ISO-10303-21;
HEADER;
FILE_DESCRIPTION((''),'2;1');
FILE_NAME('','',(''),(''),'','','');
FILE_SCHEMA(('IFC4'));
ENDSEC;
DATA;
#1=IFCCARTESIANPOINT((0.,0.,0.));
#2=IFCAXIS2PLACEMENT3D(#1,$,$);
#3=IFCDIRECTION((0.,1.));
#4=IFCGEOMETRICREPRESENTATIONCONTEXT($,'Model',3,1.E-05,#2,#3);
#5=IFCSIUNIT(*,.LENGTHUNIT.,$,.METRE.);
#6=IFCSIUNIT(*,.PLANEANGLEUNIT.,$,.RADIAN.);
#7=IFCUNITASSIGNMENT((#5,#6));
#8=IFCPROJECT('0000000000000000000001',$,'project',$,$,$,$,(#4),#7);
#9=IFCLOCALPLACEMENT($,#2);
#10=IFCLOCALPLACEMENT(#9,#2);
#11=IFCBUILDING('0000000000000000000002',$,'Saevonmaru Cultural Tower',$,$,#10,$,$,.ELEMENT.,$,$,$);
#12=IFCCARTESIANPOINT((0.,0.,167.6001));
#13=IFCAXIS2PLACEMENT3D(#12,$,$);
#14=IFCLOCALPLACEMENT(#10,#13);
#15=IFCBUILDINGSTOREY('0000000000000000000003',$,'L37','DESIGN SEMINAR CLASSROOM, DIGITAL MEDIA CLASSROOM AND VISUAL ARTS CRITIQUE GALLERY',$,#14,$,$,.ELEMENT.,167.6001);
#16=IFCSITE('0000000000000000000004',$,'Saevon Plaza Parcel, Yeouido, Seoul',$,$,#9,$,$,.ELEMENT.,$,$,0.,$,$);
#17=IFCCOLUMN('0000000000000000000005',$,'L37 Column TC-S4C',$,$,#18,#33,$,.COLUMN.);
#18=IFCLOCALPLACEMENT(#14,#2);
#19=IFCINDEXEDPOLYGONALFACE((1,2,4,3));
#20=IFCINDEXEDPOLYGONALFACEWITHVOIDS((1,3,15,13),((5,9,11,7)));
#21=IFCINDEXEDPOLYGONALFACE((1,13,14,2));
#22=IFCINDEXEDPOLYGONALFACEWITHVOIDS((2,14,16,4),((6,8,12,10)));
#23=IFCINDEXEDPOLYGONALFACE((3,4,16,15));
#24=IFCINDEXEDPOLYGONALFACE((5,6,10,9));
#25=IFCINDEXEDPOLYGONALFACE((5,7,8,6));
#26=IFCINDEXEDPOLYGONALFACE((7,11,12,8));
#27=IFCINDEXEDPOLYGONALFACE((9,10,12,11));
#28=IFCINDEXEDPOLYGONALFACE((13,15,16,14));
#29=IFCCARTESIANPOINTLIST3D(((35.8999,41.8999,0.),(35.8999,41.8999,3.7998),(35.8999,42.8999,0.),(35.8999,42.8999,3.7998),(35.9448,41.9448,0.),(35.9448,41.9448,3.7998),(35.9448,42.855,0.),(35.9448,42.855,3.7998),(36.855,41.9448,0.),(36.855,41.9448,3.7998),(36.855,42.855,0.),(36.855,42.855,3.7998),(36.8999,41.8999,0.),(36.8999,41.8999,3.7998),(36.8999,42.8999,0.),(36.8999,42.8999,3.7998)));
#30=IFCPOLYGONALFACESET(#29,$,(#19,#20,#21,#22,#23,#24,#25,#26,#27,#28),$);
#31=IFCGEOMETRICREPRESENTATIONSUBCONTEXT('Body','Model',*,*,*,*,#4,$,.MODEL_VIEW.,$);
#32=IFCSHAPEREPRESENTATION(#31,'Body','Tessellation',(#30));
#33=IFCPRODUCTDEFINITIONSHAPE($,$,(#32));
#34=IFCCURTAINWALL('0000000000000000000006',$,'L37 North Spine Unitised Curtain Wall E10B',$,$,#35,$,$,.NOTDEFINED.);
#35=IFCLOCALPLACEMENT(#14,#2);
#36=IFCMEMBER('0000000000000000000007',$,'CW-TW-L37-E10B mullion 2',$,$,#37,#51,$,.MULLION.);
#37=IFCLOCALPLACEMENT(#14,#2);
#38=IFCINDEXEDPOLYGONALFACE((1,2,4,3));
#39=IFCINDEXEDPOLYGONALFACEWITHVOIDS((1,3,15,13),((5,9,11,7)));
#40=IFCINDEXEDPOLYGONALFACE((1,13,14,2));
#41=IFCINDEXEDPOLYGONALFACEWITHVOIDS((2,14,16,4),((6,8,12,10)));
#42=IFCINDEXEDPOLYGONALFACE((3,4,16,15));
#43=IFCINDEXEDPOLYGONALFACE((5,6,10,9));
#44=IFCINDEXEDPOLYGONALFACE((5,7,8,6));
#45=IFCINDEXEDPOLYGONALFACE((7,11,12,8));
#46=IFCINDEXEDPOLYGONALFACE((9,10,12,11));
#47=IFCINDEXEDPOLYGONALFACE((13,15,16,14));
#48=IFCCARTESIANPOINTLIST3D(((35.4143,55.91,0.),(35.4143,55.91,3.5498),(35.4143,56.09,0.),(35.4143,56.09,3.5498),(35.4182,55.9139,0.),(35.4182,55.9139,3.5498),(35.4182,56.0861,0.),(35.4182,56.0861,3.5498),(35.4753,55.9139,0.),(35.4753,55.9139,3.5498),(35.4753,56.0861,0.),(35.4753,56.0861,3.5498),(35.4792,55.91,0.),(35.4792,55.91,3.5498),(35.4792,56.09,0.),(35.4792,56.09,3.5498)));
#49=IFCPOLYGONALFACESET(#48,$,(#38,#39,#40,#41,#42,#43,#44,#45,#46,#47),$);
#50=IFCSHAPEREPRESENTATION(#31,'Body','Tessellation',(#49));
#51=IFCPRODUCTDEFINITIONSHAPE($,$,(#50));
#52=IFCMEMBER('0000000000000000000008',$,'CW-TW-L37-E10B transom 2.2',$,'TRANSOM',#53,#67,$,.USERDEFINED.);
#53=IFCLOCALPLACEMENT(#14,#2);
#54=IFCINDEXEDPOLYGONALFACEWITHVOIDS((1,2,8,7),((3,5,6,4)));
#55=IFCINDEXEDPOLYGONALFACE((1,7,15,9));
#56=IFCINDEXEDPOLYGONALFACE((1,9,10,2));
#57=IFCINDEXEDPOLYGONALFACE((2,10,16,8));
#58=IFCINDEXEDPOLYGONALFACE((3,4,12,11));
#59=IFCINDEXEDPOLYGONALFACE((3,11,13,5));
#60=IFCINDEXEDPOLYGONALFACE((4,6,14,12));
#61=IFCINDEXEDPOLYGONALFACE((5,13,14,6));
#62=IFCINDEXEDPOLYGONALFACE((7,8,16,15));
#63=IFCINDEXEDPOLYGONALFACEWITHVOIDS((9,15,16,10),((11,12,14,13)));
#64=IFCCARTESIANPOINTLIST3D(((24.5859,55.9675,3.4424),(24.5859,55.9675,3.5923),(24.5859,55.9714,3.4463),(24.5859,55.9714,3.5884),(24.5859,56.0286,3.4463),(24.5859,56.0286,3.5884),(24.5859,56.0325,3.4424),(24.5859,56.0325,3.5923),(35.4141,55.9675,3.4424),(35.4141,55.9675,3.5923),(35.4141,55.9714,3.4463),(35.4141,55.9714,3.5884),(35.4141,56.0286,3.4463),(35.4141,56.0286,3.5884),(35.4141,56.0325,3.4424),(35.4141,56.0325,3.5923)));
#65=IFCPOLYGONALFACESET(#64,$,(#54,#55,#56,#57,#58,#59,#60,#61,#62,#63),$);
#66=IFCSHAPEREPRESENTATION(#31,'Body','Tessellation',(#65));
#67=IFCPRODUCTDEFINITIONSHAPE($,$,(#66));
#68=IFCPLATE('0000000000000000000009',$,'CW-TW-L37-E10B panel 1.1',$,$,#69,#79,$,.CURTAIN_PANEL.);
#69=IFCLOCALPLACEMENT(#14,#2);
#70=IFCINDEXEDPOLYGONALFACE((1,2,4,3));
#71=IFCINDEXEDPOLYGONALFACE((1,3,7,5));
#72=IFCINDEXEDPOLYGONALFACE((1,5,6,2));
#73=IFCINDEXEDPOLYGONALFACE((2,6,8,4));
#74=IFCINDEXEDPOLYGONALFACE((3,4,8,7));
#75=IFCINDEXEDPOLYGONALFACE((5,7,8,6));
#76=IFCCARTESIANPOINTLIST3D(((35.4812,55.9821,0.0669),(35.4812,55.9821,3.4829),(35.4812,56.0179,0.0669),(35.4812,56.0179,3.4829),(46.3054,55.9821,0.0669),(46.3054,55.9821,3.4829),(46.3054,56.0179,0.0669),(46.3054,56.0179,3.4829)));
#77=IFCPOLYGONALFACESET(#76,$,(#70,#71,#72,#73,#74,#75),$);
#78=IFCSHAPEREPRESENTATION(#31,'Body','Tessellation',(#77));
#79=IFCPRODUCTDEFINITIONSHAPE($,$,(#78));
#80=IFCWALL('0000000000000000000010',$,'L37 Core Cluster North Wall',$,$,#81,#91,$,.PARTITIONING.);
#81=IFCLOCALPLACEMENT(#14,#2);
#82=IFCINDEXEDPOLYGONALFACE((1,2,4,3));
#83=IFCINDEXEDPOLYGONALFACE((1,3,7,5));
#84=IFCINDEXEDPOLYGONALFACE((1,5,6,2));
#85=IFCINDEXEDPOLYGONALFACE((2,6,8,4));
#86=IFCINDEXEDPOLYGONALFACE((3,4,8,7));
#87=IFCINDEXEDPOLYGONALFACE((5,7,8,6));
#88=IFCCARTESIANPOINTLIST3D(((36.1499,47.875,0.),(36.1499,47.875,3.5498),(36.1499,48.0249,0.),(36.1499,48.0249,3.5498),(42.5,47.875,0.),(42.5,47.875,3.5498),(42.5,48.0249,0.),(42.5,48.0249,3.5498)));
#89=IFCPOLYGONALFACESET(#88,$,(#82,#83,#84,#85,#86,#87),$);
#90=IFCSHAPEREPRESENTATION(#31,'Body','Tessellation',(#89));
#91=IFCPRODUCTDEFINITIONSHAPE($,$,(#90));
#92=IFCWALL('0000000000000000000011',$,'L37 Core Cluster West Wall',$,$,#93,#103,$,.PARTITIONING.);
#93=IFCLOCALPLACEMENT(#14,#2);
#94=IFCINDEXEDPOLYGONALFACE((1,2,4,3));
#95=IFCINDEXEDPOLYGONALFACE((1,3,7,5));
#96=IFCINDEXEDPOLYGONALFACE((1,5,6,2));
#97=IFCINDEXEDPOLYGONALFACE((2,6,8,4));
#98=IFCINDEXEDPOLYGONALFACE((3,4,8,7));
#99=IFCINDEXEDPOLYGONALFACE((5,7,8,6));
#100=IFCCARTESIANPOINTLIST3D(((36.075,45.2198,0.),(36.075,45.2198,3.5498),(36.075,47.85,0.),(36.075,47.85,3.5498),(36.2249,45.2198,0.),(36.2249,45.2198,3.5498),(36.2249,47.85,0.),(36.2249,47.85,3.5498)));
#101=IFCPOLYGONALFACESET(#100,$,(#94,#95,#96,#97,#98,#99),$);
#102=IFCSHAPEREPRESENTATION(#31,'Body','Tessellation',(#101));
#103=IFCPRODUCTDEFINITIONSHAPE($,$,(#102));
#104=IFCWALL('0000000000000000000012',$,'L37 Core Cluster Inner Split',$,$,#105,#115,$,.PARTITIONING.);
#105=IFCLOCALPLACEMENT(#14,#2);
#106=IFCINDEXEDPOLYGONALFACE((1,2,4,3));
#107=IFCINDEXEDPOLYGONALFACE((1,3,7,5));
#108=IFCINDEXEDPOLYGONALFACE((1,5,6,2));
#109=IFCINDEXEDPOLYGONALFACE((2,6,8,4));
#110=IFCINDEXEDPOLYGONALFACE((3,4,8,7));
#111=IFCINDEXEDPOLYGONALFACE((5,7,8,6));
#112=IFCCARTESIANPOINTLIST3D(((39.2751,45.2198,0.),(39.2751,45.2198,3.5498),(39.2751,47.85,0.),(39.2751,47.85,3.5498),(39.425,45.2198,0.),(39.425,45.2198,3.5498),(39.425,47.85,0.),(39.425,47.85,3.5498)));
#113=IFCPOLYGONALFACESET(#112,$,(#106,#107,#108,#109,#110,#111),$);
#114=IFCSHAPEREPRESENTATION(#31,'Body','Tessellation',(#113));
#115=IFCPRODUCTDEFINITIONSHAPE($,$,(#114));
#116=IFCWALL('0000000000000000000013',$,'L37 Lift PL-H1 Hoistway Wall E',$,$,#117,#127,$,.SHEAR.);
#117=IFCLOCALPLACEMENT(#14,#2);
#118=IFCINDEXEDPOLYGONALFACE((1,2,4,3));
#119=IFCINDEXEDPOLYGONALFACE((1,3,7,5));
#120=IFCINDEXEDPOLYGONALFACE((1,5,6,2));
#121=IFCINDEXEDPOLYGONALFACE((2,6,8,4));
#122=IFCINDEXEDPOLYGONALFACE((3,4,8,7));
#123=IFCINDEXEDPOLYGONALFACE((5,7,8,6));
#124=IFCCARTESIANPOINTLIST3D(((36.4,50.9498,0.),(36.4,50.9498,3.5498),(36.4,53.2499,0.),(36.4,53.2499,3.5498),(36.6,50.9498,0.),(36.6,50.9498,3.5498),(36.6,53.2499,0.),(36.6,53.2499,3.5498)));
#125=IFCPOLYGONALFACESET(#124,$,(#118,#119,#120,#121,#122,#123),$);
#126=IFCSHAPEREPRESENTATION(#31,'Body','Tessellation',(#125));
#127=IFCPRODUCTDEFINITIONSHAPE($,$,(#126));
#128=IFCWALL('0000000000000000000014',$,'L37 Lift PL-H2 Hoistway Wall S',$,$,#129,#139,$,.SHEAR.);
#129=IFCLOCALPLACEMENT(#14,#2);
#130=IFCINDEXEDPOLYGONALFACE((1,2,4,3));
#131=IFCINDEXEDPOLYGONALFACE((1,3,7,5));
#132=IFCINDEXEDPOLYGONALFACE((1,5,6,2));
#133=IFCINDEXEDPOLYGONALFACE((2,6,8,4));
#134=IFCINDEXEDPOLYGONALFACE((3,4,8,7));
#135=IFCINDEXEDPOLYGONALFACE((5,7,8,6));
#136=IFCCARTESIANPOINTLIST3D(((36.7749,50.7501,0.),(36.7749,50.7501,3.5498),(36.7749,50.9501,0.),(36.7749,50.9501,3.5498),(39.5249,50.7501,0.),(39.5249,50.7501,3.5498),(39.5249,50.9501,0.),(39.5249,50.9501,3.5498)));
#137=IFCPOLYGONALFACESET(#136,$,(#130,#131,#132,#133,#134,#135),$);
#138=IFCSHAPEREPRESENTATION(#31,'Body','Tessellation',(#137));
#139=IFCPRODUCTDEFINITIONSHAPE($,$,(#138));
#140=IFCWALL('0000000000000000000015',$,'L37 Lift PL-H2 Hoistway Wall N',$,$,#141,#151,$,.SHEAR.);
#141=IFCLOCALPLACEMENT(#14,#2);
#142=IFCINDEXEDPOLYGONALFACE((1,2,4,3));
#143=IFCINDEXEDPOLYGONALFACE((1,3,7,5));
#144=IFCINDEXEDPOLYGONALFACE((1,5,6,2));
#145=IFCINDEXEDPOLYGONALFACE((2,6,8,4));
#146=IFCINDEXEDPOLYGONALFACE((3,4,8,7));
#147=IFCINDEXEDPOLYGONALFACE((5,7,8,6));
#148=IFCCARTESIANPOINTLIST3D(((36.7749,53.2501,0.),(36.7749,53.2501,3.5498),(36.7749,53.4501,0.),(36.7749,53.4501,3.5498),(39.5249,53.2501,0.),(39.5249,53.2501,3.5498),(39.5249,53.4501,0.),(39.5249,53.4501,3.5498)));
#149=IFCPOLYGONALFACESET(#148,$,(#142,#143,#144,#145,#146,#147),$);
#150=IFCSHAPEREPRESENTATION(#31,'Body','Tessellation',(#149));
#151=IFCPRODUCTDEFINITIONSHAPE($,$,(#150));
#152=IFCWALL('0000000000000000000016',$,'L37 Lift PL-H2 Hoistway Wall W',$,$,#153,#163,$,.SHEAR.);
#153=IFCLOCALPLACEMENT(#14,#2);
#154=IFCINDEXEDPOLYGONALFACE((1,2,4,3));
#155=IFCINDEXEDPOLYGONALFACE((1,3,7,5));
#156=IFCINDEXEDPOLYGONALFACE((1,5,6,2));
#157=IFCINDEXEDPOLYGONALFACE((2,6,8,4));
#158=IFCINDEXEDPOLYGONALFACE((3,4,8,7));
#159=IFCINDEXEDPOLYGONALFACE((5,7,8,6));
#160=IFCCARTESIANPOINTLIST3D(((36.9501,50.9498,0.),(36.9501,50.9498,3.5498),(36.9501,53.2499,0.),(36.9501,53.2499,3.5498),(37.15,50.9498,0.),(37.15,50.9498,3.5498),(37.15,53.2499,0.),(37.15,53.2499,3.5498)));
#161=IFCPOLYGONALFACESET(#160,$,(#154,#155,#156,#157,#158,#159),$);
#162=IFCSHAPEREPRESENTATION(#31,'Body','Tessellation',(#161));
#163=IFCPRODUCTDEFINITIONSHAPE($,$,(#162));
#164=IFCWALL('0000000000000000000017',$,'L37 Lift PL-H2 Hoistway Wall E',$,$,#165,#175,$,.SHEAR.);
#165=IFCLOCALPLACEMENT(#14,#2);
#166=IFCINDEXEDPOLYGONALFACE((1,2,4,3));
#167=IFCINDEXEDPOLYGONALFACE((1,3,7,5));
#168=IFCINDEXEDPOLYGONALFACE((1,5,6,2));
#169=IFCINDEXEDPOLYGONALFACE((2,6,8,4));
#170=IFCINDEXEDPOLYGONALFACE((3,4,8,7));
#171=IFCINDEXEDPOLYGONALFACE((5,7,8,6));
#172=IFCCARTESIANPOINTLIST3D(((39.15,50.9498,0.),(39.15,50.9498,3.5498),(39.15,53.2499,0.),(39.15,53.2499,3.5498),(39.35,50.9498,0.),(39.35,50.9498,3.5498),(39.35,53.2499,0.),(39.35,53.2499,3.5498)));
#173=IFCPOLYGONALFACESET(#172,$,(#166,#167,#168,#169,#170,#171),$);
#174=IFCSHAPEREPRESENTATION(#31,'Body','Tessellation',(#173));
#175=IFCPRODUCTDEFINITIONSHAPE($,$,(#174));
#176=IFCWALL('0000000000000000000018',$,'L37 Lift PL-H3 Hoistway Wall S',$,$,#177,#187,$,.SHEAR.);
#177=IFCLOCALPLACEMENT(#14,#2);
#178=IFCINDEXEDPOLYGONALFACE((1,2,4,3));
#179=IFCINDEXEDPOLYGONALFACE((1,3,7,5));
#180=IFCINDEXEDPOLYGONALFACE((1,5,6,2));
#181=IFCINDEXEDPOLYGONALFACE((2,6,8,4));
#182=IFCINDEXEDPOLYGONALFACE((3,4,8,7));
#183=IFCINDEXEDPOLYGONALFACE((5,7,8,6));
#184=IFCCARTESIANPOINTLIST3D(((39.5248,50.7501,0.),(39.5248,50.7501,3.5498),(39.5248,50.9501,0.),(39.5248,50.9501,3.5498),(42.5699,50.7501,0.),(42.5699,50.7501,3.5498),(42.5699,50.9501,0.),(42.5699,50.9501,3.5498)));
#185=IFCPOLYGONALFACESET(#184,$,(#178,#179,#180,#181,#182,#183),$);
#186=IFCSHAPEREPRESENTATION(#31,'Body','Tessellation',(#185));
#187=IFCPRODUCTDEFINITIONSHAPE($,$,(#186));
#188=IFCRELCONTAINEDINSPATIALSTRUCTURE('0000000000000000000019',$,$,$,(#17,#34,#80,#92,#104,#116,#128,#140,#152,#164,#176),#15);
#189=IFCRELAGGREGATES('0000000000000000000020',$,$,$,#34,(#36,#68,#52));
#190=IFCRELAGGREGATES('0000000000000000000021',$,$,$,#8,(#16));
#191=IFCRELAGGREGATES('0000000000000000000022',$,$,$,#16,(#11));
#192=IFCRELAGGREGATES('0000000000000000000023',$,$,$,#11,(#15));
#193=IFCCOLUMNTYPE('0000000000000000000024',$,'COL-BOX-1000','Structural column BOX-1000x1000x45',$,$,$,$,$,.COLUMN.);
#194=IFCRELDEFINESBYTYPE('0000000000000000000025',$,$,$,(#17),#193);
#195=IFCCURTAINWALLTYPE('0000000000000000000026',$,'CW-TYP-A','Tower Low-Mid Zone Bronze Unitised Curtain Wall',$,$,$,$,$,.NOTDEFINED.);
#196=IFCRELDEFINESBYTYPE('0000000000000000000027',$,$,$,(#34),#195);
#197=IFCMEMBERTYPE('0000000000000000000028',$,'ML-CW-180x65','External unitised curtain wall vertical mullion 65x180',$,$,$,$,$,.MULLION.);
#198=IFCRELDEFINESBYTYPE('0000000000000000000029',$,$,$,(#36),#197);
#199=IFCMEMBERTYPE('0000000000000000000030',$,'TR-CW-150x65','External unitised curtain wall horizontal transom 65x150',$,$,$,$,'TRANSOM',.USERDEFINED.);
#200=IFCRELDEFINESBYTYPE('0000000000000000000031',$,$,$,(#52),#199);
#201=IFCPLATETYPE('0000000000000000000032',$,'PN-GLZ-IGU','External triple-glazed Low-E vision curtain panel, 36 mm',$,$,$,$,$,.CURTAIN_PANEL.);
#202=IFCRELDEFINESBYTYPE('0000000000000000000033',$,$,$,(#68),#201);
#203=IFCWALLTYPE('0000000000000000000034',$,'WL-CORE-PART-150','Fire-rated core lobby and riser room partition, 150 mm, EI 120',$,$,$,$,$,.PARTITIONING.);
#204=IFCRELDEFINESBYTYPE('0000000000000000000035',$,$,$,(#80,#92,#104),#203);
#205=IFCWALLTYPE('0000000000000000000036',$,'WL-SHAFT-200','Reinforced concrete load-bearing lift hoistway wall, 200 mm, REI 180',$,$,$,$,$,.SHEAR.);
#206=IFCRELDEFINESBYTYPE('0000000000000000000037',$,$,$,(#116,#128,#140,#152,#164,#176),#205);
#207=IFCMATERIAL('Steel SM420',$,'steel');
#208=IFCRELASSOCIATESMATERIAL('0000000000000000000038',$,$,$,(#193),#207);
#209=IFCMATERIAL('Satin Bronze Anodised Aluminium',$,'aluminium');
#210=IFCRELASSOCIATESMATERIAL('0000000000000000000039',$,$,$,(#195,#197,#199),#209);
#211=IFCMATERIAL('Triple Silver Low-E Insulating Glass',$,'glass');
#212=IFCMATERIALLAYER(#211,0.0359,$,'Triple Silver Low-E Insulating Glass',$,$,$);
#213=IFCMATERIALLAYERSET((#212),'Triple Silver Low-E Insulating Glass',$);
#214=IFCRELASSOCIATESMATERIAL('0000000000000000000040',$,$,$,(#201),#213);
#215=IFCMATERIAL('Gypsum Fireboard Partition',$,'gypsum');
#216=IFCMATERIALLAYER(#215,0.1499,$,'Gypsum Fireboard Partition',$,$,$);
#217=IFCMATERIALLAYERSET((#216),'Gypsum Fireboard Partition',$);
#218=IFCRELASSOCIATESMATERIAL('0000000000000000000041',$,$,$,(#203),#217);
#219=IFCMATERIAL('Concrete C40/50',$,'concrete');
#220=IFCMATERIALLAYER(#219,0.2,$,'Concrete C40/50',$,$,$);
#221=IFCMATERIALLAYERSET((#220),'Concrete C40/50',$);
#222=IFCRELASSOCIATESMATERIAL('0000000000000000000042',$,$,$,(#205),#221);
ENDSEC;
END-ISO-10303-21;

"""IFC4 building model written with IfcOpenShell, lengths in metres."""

from ifc_helpers import new_model, si_unit, direction, frame, frame_2d, origin, origin_2d, place, context, subcontext, project, spatial, rectangle, hollow_rectangle, extrude, material, layer, layer_set, material_profile, profile_set, type_object, element, aggregate, save


model = new_model("IFC4")

# Units and contexts
model_context = context("Model", 3, precision=1e-05, world=origin(), true_north=direction((0.0, 1.0)))
body_context = subcontext(model_context, "Body", "Model", "MODEL_VIEW")
ifc_project = project(units=[si_unit("LENGTHUNIT", "METRE"), si_unit("PLANEANGLEUNIT", "RADIAN")], contexts=[model_context])

# Site, building, storey
site_placement = place(None, origin())
site = spatial("IfcSite", under=ifc_project, at=site_placement, Name="Saevon Plaza Parcel, Yeouido, Seoul", CompositionType="ELEMENT", RefElevation=0.0)
building_placement = place(site_placement, origin())
building = spatial("IfcBuilding", under=site, at=building_placement, Name="Saevonmaru Cultural Tower", CompositionType="ELEMENT")
storey_placement = place(building_placement, frame((0.0, 0.0, 167.6001)))
storey = spatial("IfcBuildingStorey", under=building, at=storey_placement, Name="L37", Description="DESIGN SEMINAR CLASSROOM, DIGITAL MEDIA CLASSROOM AND VISUAL ARTS CRITIQUE GALLERY", CompositionType="ELEMENT", Elevation=167.6001)

# Column
ifc_material_1 = material(Name="Steel SM420", Category="steel")
ifc_material_profile_1 = material_profile(ifc_material_1, hollow_rectangle(XDim=1.0, YDim=1.0, WallThickness=0.0449, at=origin_2d()), Name="BOX-1000x1000x45")
ifc_profile_set_1 = profile_set([ifc_material_profile_1], Name="Steel SM420")
column_type = type_object("IfcColumnType", Name="COL-BOX-1000", Description="Structural column BOX-1000x1000x45", PredefinedType="COLUMN", material=ifc_profile_set_1)
column_placement = place(storey_placement, frame((36.3999, 42.3999, 0.0), z_axis=(0.0, 0.0, 1.0), x_axis=(1.0, 0.0, 0.0)))
element("IfcColumn", 1, at=column_placement, inside=storey, type_object=column_type, Name="L37 Column TC-S4C", PredefinedType="COLUMN", context=body_context, shape_type="SweptSolid", body=[
    extrude(hollow_rectangle(XDim=1.0, YDim=1.0, WallThickness=0.0449, at=origin_2d()), origin(), (0.0, 0.0, 1.0), 3.7998),
])

# Curtain wall, members, plate
ifc_material_2 = material(Name="Satin Bronze Anodised Aluminium", Category="aluminium")
curtain_wall_type = type_object("IfcCurtainWallType", Name="CW-TYP-A", Description="Tower Low-Mid Zone Bronze Unitised Curtain Wall", PredefinedType="NOTDEFINED", material=ifc_material_2)
curtain_wall_placement = place(storey_placement, origin())
curtain_wall = element("IfcCurtainWall", 2, at=curtain_wall_placement, inside=storey, type_object=curtain_wall_type, Name="L37 North Spine Unitised Curtain Wall E10B", PredefinedType="NOTDEFINED")
ifc_material_profile_2 = material_profile(ifc_material_2, hollow_rectangle(XDim=0.0649, YDim=0.1799, WallThickness=0.0039, at=origin_2d()), Name="ALU-MULL-180x65x4")
ifc_profile_set_2 = profile_set([ifc_material_profile_2], Name="Satin Bronze Anodised Aluminium")
member_type_1 = type_object("IfcMemberType", Name="ML-CW-180x65", Description="External unitised curtain wall vertical mullion 65x180", PredefinedType="MULLION", material=ifc_profile_set_2)
member_1_placement = place(storey_placement, frame((35.4468, 56.0, 0.0), z_axis=(0.0, 0.0, 1.0), x_axis=(-1.0, 0.0, 0.0)))
member_1 = element("IfcMember", 3, at=member_1_placement, type_object=member_type_1, Name="CW-TW-L37-E10B mullion 2", PredefinedType="MULLION", context=body_context, shape_type="SweptSolid", body=[
    extrude(hollow_rectangle(XDim=0.0649, YDim=0.1799, WallThickness=0.0039, at=origin_2d()), origin(), (0.0, 0.0, 1.0), 3.5498),
])
ifc_material_profile_3 = material_profile(ifc_material_2, hollow_rectangle(XDim=0.0649, YDim=0.1499, WallThickness=0.0039, at=origin_2d()), Name="ALU-TRAN-150x65x4")
ifc_profile_set_3 = profile_set([ifc_material_profile_3], Name="Satin Bronze Anodised Aluminium")
member_type_2 = type_object("IfcMemberType", Name="TR-CW-150x65", Description="External unitised curtain wall horizontal transom 65x150", ElementType="TRANSOM", PredefinedType="USERDEFINED", material=ifc_profile_set_3)
member_2_placement = place(storey_placement, frame((35.4141, 56.0, 3.5173), z_axis=(-1.0, 0.0, 0.0), x_axis=(0.0, -1.0, 0.0)))
member_2 = element("IfcMember", 4, at=member_2_placement, type_object=member_type_2, Name="CW-TW-L37-E10B transom 2.2", ObjectType="TRANSOM", PredefinedType="USERDEFINED", context=body_context, shape_type="SweptSolid", body=[
    extrude(hollow_rectangle(XDim=0.0649, YDim=0.1499, WallThickness=0.0039, at=origin_2d()), origin(), (0.0, 0.0, 1.0), 10.8281),
])
ifc_material_3 = material(Name="Triple Silver Low-E Insulating Glass", Category="glass")
ifc_layer_1 = layer(ifc_material_3, 0.0359, Name="Triple Silver Low-E Insulating Glass")
ifc_layer_set_1 = layer_set([ifc_layer_1], Name="Triple Silver Low-E Insulating Glass")
plate_type = type_object("IfcPlateType", Name="PN-GLZ-IGU", Description="External triple-glazed Low-E vision curtain panel, 36 mm", PredefinedType="CURTAIN_PANEL", material=ifc_layer_set_1)
plate_placement = place(storey_placement, frame((40.8933, 56.0, 0.0669), z_axis=(0.0, 0.0, 1.0), x_axis=(-1.0, 0.0, 0.0)))
plate = element("IfcPlate", 5, at=plate_placement, type_object=plate_type, Name="CW-TW-L37-E10B panel 1.1", PredefinedType="CURTAIN_PANEL", context=body_context, shape_type="SweptSolid", body=[
    extrude(rectangle(XDim=10.8242, YDim=0.0359, at=origin_2d()), origin(), (0.0, 0.0, 1.0), 3.416),
])
aggregate(curtain_wall, [member_1, plate, member_2])

# Shared definitions
ifc_material_4 = material(Name="Gypsum Fireboard Partition", Category="gypsum")
ifc_layer_2 = layer(ifc_material_4, 0.1499, Name="Gypsum Fireboard Partition")
ifc_layer_set_2 = layer_set([ifc_layer_2], Name="Gypsum Fireboard Partition")
wall_type_1 = type_object("IfcWallType", Name="WL-CORE-PART-150", Description="Fire-rated core lobby and riser room partition, 150 mm, EI 120", PredefinedType="PARTITIONING", material=ifc_layer_set_2)

# Walls
wall_1_placement = place(storey_placement, frame((36.1499, 47.95, 0.0), z_axis=(0.0, 0.0, 1.0), x_axis=(1.0, 0.0, 0.0)))
element("IfcWall", 6, at=wall_1_placement, inside=storey, type_object=wall_type_1, Name="L37 Core Cluster North Wall", PredefinedType="PARTITIONING", context=body_context, shape_type="SweptSolid", body=[
    extrude(rectangle(XDim=6.3501, YDim=0.1499, at=frame_2d((3.175, 0.0))), origin(), (0.0, 0.0, 1.0), 3.5498),
])
for number, where, z_axis, x_axis, name in (
    (7, (36.1499, 45.22, 0.0), (0.0, 0.0, 1.0), (0.0, 1.0, 0.0), "L37 Core Cluster West Wall"),
    (8, (39.3501, 45.22, 0.0), (0.0, 0.0, 1.0), (0.0, 1.0, 0.0), "L37 Core Cluster Inner Split"),
):
    element("IfcWall", number, at=place(storey_placement, frame(where, z_axis=z_axis, x_axis=x_axis)), inside=storey, type_object=wall_type_1, Name=name, PredefinedType="PARTITIONING", context=body_context, shape_type="SweptSolid", body=[
        extrude(rectangle(XDim=2.6301, YDim=0.1499, at=frame_2d((1.3149, 0.0))), origin(), (0.0, 0.0, 1.0), 3.5498),
    ])
ifc_material_5 = material(Name="Concrete C40/50", Category="concrete")
ifc_layer_3 = layer(ifc_material_5, 0.2, Name="Concrete C40/50")
ifc_layer_set_3 = layer_set([ifc_layer_3], Name="Concrete C40/50")
wall_type_2 = type_object("IfcWallType", Name="WL-SHAFT-200", Description="Reinforced concrete load-bearing lift hoistway wall, 200 mm, REI 180", PredefinedType="SHEAR", material=ifc_layer_set_3)
wall_2_placement = place(storey_placement, frame((36.5, 50.95, 0.0), z_axis=(0.0, 0.0, 1.0), x_axis=(0.0, 1.0, 0.0)))
element("IfcWall", 9, at=wall_2_placement, inside=storey, type_object=wall_type_2, Name="L37 Lift PL-H1 Hoistway Wall E", PredefinedType="SHEAR", context=body_context, shape_type="SweptSolid", body=[
    extrude(rectangle(XDim=2.3, YDim=0.2, at=frame_2d((1.1499, 0.0))), origin(), (0.0, 0.0, 1.0), 3.5498),
])
for number, where, z_axis, x_axis, name in (
    (10, (36.7749, 50.8501, 0.0), (0.0, 0.0, 1.0), (1.0, 0.0, 0.0), "L37 Lift PL-H2 Hoistway Wall S"),
    (11, (36.7749, 53.3501, 0.0), (0.0, 0.0, 1.0), (1.0, 0.0, 0.0), "L37 Lift PL-H2 Hoistway Wall N"),
):
    element("IfcWall", number, at=place(storey_placement, frame(where, z_axis=z_axis, x_axis=x_axis)), inside=storey, type_object=wall_type_2, Name=name, PredefinedType="SHEAR", context=body_context, shape_type="SweptSolid", body=[
        extrude(rectangle(XDim=2.75, YDim=0.2, at=frame_2d((1.375, 0.0))), origin(), (0.0, 0.0, 1.0), 3.5498),
    ])
for number, where, z_axis, x_axis, name in (
    (12, (37.05, 50.95, 0.0), (0.0, 0.0, 1.0), (0.0, 1.0, 0.0), "L37 Lift PL-H2 Hoistway Wall W"),
    (13, (39.25, 50.95, 0.0), (0.0, 0.0, 1.0), (0.0, 1.0, 0.0), "L37 Lift PL-H2 Hoistway Wall E"),
):
    element("IfcWall", number, at=place(storey_placement, frame(where, z_axis=z_axis, x_axis=x_axis)), inside=storey, type_object=wall_type_2, Name=name, PredefinedType="SHEAR", context=body_context, shape_type="SweptSolid", body=[
        extrude(rectangle(XDim=2.3, YDim=0.2, at=frame_2d((1.1499, 0.0))), origin(), (0.0, 0.0, 1.0), 3.5498),
    ])
for number, where, z_axis, x_axis, name in (
    (14, (39.5249, 50.8501, 0.0), (0.0, 0.0, 1.0), (1.0, 0.0, 0.0), "L37 Lift PL-H3 Hoistway Wall S"),
):
    element("IfcWall", number, at=place(storey_placement, frame(where, z_axis=z_axis, x_axis=x_axis)), inside=storey, type_object=wall_type_2, Name=name, PredefinedType="SHEAR", context=body_context, shape_type="SweptSolid", body=[
        extrude(rectangle(XDim=3.0452, YDim=0.2, at=frame_2d((1.5225, 0.0))), origin(), (0.0, 0.0, 1.0), 3.5498),
    ])

save(model, "model.ifc")
